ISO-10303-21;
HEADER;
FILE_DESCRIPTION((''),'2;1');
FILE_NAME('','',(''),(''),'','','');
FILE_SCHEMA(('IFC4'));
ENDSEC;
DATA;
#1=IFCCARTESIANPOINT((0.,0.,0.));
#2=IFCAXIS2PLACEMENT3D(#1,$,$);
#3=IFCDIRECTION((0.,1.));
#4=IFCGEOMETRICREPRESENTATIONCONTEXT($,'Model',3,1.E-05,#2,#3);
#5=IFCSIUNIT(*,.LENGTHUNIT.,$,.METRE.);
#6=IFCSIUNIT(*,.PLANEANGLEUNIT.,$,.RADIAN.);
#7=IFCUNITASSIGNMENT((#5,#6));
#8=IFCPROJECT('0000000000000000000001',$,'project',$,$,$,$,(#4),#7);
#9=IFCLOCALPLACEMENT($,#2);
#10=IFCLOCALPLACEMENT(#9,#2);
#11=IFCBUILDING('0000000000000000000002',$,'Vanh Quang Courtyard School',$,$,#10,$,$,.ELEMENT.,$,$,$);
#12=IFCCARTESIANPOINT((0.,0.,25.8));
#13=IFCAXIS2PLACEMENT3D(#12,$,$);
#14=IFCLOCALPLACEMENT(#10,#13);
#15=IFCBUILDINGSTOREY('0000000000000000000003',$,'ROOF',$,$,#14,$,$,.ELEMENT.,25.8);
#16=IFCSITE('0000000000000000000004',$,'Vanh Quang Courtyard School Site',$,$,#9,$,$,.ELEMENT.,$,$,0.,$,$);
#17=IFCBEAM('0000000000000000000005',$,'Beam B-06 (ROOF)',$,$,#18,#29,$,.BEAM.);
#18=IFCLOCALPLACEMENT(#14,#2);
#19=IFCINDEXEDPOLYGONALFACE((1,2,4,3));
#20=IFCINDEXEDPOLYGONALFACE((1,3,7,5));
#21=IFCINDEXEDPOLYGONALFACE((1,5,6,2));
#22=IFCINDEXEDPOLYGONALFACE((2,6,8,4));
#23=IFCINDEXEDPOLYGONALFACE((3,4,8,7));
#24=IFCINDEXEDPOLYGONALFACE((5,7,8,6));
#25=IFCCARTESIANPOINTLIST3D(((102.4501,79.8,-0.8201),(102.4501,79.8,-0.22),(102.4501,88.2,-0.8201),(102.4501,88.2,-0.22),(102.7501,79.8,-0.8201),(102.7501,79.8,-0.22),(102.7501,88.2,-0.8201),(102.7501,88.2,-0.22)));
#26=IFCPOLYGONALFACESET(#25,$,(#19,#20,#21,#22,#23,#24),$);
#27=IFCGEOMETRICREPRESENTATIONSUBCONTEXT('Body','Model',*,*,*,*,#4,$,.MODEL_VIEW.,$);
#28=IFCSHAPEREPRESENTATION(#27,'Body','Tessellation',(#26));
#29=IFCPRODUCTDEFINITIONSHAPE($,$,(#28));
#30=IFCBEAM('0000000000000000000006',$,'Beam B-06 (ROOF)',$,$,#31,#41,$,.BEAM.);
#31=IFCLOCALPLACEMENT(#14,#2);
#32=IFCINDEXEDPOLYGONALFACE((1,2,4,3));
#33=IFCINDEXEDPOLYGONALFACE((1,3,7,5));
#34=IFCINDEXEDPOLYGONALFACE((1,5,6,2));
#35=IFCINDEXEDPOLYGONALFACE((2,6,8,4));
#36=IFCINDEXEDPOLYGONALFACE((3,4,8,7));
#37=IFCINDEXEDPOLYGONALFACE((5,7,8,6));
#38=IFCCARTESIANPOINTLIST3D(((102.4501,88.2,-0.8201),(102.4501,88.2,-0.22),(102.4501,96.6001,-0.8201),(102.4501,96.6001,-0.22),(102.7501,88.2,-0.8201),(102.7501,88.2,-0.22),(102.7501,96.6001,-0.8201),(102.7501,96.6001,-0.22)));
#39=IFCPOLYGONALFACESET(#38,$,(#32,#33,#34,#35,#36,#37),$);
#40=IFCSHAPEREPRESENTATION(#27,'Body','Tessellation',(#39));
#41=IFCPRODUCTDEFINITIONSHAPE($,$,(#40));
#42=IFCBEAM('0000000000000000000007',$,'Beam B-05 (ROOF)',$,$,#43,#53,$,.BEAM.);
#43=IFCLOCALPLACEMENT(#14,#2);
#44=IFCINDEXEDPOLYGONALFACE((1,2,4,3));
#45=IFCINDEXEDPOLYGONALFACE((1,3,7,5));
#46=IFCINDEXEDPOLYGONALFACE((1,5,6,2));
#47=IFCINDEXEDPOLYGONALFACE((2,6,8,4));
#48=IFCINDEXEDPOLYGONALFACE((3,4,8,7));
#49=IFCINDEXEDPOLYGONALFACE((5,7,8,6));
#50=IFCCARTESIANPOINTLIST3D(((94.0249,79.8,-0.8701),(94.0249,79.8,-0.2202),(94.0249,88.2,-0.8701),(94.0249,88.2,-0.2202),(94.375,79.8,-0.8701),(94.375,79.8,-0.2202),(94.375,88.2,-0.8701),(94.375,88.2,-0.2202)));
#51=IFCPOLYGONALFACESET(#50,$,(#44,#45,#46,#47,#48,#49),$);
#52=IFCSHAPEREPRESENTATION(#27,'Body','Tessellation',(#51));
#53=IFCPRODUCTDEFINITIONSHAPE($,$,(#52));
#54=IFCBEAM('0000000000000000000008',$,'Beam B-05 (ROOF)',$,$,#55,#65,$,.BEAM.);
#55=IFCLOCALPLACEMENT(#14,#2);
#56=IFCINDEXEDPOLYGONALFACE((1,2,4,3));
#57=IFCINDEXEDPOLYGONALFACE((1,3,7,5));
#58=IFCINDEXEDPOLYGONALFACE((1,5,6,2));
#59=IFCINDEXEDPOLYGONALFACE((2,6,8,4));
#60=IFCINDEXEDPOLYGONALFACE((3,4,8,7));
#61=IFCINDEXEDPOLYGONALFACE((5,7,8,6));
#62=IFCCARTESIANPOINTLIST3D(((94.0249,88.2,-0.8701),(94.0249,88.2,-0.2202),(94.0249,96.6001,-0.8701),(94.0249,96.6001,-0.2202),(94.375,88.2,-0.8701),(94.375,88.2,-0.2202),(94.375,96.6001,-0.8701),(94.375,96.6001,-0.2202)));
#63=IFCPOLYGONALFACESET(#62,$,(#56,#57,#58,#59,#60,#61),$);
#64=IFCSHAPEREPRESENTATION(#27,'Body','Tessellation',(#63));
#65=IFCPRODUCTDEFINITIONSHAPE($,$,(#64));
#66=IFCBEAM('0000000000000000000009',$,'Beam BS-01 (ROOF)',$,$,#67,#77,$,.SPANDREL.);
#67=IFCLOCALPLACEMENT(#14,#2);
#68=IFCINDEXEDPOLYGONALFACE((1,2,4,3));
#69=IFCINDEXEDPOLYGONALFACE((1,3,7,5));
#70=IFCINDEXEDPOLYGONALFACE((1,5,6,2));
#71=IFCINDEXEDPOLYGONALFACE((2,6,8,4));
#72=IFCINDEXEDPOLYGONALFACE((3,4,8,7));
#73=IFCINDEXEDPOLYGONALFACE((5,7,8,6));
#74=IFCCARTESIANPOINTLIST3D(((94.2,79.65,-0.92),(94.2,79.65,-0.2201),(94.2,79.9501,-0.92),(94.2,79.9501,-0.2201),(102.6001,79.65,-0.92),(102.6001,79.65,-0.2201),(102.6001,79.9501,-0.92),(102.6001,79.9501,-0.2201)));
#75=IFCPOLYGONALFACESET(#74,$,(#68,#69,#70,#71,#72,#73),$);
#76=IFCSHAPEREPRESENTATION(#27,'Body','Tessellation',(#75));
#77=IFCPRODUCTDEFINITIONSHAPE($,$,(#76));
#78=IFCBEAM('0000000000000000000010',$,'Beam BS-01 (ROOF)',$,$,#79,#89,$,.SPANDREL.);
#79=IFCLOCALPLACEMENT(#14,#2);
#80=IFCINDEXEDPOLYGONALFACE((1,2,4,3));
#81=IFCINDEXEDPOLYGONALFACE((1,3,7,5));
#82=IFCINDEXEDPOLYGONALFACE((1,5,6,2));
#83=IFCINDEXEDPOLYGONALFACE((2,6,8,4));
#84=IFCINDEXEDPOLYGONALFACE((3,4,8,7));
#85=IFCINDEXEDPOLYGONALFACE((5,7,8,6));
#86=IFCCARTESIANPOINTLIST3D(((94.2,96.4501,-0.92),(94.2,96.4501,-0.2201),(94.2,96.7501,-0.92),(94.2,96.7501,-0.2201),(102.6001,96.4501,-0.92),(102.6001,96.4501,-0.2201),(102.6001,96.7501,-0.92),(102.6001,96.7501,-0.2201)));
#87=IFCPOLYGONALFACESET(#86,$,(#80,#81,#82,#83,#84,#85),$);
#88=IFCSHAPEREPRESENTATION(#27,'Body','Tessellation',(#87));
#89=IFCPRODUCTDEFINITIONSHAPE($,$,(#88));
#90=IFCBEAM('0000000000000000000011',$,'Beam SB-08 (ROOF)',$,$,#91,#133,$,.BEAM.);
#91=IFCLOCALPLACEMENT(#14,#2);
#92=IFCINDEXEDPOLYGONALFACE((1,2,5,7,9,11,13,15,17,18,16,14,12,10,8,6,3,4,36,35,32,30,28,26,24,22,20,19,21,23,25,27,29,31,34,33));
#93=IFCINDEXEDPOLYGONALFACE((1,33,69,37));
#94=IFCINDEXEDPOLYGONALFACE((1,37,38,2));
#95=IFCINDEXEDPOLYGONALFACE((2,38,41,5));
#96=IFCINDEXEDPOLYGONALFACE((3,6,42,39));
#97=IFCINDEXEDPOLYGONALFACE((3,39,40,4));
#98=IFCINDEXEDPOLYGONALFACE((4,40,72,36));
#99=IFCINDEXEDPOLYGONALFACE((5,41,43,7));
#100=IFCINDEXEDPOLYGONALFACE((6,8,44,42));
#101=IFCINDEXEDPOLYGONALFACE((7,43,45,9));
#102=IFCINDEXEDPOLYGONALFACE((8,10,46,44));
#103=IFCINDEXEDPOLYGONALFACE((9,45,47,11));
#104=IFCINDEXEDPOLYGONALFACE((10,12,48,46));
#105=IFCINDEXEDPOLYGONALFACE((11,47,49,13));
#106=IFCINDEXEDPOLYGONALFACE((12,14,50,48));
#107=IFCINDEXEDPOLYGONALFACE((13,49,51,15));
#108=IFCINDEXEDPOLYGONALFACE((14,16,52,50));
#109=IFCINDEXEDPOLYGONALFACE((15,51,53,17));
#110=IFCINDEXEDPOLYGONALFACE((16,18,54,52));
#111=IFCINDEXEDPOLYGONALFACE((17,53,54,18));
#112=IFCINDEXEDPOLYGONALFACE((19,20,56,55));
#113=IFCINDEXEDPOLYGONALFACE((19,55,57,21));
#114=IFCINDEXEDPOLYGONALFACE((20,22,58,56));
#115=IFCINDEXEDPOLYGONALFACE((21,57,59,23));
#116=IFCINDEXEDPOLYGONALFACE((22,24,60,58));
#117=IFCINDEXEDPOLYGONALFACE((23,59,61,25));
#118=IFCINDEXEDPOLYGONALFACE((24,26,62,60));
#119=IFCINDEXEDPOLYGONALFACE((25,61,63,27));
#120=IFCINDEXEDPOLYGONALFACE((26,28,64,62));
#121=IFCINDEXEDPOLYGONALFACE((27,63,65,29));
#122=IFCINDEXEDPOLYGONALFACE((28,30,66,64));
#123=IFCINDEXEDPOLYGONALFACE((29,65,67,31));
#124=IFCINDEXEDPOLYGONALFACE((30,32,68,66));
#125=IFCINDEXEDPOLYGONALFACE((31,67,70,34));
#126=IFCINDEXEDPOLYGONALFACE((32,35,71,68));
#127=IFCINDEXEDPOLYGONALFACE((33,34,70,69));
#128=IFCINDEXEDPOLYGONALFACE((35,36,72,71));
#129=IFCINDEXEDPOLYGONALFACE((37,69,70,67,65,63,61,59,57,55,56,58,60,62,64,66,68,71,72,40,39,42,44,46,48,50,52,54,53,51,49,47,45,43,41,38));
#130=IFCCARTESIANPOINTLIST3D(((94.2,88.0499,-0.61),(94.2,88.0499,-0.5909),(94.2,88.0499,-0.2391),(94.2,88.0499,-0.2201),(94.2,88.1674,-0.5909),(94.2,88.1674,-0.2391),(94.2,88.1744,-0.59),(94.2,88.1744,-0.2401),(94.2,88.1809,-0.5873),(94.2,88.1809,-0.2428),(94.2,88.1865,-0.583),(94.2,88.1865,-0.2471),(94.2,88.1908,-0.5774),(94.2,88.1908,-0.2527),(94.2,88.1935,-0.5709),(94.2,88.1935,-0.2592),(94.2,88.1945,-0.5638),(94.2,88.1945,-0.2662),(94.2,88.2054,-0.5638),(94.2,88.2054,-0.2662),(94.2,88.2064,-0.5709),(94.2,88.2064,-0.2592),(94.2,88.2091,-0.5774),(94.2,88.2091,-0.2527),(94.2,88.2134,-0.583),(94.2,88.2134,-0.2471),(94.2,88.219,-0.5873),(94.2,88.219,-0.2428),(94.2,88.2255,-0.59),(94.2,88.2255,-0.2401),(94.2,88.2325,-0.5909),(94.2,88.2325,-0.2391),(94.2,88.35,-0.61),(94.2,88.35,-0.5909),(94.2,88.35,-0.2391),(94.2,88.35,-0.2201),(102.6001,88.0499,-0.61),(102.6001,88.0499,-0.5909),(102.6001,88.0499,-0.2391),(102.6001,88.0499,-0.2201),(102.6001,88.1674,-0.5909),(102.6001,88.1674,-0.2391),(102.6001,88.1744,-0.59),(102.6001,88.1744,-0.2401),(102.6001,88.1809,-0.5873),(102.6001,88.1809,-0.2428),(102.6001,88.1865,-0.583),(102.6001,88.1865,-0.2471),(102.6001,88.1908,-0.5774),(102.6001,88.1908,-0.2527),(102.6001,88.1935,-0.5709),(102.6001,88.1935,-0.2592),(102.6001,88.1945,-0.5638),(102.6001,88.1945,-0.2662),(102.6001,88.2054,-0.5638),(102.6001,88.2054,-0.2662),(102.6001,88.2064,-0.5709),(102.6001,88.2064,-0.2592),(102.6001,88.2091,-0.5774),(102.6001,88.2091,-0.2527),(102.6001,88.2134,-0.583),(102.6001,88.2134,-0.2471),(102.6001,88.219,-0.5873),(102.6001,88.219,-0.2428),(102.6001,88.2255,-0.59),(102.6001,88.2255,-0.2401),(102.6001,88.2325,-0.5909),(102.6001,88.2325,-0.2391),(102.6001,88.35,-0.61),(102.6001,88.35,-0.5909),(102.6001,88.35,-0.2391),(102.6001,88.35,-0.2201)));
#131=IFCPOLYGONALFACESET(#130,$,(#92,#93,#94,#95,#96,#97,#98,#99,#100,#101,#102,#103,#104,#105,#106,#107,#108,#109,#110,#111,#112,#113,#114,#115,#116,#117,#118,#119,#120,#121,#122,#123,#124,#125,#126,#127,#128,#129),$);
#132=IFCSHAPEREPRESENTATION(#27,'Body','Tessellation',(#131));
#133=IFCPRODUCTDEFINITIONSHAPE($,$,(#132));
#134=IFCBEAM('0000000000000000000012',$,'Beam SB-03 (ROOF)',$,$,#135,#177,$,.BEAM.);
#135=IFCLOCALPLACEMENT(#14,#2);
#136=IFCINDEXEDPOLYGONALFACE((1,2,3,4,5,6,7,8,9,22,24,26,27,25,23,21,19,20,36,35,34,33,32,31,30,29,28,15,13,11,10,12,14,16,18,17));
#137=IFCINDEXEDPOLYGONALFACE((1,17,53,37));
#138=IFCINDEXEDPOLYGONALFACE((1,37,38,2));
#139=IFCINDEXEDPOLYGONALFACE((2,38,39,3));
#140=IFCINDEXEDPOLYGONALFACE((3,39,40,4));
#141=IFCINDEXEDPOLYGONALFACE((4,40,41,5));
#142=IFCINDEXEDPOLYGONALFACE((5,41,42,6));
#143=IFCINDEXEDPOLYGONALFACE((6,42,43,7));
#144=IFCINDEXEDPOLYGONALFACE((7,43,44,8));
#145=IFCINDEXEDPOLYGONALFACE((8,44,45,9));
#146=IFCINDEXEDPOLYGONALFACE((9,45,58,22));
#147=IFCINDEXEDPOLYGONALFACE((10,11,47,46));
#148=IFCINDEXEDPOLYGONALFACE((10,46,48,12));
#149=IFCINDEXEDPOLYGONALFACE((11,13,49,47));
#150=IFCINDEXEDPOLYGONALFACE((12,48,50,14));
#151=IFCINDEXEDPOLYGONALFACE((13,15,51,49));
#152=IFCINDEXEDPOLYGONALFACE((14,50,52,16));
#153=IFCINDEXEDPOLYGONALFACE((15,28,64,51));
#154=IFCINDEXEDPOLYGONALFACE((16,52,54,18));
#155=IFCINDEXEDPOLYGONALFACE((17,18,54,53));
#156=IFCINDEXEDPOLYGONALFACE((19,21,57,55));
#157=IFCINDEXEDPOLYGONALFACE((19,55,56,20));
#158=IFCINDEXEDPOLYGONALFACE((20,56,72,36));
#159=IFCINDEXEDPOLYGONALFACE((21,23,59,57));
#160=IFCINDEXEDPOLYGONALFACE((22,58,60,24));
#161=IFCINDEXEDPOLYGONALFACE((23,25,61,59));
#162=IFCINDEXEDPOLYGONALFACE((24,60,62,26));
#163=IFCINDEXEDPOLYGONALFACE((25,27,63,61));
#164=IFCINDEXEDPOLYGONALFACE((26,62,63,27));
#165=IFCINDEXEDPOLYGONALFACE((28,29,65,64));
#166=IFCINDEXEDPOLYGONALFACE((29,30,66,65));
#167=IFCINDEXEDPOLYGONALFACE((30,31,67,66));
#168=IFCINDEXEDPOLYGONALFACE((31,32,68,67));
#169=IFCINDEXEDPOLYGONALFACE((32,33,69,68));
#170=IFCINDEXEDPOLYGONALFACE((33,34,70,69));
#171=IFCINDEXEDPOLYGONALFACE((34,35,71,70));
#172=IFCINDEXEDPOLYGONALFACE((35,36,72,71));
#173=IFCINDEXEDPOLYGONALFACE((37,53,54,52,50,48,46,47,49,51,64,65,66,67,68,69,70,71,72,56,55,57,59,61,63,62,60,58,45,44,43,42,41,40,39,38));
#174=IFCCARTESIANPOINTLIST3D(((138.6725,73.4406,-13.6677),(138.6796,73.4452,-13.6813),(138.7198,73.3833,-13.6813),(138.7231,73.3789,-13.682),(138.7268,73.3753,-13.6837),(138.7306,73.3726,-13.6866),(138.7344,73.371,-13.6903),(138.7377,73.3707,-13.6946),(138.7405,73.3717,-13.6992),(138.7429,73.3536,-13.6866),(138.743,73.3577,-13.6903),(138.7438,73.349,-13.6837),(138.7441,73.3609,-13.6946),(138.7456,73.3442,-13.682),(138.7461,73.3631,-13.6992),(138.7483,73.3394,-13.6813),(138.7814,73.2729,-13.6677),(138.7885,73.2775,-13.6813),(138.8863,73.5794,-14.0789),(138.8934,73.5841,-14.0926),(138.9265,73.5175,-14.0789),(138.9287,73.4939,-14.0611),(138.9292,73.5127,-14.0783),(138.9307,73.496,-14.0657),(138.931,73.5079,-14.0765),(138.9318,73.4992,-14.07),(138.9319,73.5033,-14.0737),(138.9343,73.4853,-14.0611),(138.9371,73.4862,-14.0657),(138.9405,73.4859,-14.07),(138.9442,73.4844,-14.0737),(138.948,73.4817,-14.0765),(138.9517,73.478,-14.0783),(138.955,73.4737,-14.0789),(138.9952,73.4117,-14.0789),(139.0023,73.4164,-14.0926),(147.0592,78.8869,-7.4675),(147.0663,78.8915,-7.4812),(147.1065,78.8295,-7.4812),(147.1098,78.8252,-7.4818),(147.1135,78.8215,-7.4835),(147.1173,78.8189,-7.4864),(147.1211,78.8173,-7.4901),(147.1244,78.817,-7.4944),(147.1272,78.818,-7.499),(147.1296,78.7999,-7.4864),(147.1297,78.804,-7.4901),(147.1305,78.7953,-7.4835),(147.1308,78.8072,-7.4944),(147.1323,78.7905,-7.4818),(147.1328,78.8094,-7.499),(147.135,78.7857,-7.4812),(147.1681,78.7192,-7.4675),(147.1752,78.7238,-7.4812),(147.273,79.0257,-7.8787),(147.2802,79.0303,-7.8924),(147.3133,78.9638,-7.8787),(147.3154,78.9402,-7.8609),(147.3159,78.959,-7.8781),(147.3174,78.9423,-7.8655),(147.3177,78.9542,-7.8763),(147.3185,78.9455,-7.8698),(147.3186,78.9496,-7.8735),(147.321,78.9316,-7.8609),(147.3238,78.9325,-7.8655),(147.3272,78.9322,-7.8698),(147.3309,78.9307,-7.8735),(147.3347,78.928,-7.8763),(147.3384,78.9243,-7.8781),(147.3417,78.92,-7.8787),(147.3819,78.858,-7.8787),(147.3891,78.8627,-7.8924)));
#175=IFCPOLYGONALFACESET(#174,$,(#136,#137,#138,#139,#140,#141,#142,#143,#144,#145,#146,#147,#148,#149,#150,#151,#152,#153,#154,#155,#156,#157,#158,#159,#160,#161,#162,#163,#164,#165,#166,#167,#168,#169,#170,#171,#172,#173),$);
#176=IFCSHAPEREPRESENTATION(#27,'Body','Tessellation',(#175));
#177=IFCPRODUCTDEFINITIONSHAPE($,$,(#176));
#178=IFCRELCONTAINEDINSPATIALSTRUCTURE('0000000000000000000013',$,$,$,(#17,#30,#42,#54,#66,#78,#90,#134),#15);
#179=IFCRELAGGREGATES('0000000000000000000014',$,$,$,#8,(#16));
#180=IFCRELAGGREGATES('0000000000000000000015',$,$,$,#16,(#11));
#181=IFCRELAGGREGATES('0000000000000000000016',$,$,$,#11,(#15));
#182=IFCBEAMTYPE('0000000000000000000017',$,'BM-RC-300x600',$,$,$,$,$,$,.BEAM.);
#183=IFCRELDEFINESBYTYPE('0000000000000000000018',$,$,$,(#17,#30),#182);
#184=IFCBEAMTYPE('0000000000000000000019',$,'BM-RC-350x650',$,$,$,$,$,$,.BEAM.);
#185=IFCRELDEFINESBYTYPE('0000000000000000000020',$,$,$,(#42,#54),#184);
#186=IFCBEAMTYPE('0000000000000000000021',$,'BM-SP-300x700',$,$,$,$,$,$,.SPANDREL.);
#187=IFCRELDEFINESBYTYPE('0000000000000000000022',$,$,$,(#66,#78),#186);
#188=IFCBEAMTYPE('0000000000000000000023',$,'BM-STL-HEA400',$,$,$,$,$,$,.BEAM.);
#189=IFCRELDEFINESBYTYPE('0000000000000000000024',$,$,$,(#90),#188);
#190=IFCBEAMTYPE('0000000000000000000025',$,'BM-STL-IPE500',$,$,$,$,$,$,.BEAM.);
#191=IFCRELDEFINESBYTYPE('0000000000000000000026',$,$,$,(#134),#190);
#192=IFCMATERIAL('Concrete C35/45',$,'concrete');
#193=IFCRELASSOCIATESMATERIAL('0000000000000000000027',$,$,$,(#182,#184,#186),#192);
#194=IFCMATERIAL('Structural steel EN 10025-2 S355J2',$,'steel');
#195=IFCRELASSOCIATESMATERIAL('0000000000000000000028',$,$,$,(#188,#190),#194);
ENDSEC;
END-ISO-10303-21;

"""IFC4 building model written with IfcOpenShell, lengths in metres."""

from ifc_helpers import new_model, si_unit, direction, frame, origin, origin_2d, place, context, subcontext, project, spatial, rectangle, i_section, extrude, material, material_profile, profile_set, type_object, element, save


model = new_model("IFC4")

# Units and contexts
model_context = context("Model", 3, precision=1e-05, world=origin(), true_north=direction((0.0, 1.0)))
body_context = subcontext(model_context, "Body", "Model", "MODEL_VIEW")
ifc_project = project(units=[si_unit("LENGTHUNIT", "METRE"), si_unit("PLANEANGLEUNIT", "RADIAN")], contexts=[model_context])

# Site, building, storey
site_placement = place(None, origin())
site = spatial("IfcSite", under=ifc_project, at=site_placement, Name="Vanh Quang Courtyard School Site", CompositionType="ELEMENT", RefElevation=0.0)
building_placement = place(site_placement, origin())
building = spatial("IfcBuilding", under=site, at=building_placement, Name="Vanh Quang Courtyard School", CompositionType="ELEMENT")
storey_placement = place(building_placement, frame((0.0, 0.0, 25.8)))
storey = spatial("IfcBuildingStorey", under=building, at=storey_placement, Name="ROOF", CompositionType="ELEMENT", Elevation=25.8)

# Beams
ifc_material_1 = material(Name="Concrete C35/45", Category="concrete")
ifc_material_profile_1 = material_profile(ifc_material_1, rectangle(XDim=0.3, YDim=0.6001, at=origin_2d()), Name="RC-BM 300x600")
ifc_profile_set_1 = profile_set([ifc_material_profile_1], Name="Concrete C35/45")
beam_type_1 = type_object("IfcBeamType", Name="BM-RC-300x600", PredefinedType="BEAM", material=ifc_profile_set_1)
beam_1_placement = place(storey_placement, frame((102.6001, 79.8, -0.52), z_axis=(0.0, 1.0, 0.0), x_axis=(-1.0, 0.0, 0.0)))
element("IfcBeam", 1, at=beam_1_placement, inside=storey, type_object=beam_type_1, Name="Beam B-06 (ROOF)", PredefinedType="BEAM", context=body_context, shape_type="SweptSolid", body=[
    extrude(rectangle(XDim=0.3, YDim=0.6001, at=origin_2d()), origin(), (0.0, 0.0, 1.0), 8.3999),
])
beam_2_placement = place(storey_placement, frame((102.6001, 88.2, -0.52), z_axis=(0.0, 1.0, 0.0), x_axis=(-1.0, 0.0, 0.0)))
element("IfcBeam", 2, at=beam_2_placement, inside=storey, type_object=beam_type_1, Name="Beam B-06 (ROOF)", PredefinedType="BEAM", context=body_context, shape_type="SweptSolid", body=[
    extrude(rectangle(XDim=0.3, YDim=0.6001, at=origin_2d()), origin(), (0.0, 0.0, 1.0), 8.4001),
])
ifc_material_profile_2 = material_profile(ifc_material_1, rectangle(XDim=0.3501, YDim=0.6499, at=origin_2d()), Name="RC-BM 350x650")
ifc_profile_set_2 = profile_set([ifc_material_profile_2], Name="Concrete C35/45")
beam_type_2 = type_object("IfcBeamType", Name="BM-RC-350x650", PredefinedType="BEAM", material=ifc_profile_set_2)
beam_3_placement = place(storey_placement, frame((94.2, 79.8, -0.5452), z_axis=(0.0, 1.0, 0.0), x_axis=(-1.0, 0.0, 0.0)))
element("IfcBeam", 3, at=beam_3_placement, inside=storey, type_object=beam_type_2, Name="Beam B-05 (ROOF)", PredefinedType="BEAM", context=body_context, shape_type="SweptSolid", body=[
    extrude(rectangle(XDim=0.3501, YDim=0.6499, at=origin_2d()), origin(), (0.0, 0.0, 1.0), 8.3999),
])
beam_4_placement = place(storey_placement, frame((94.2, 88.2, -0.5452), z_axis=(0.0, 1.0, 0.0), x_axis=(-1.0, 0.0, 0.0)))
element("IfcBeam", 4, at=beam_4_placement, inside=storey, type_object=beam_type_2, Name="Beam B-05 (ROOF)", PredefinedType="BEAM", context=body_context, shape_type="SweptSolid", body=[
    extrude(rectangle(XDim=0.3501, YDim=0.6499, at=origin_2d()), origin(), (0.0, 0.0, 1.0), 8.4001),
])
ifc_material_profile_3 = material_profile(ifc_material_1, rectangle(XDim=0.3, YDim=0.7, at=origin_2d()), Name="RC-SP 300x700")
ifc_profile_set_3 = profile_set([ifc_material_profile_3], Name="Concrete C35/45")
beam_type_3 = type_object("IfcBeamType", Name="BM-SP-300x700", PredefinedType="SPANDREL", material=ifc_profile_set_3)
for number, where, z_axis, x_axis, name in (
    (5, (94.2, 79.8, -0.5701), (1.0, 0.0, 0.0), (0.0, 1.0, 0.0), "Beam BS-01 (ROOF)"),
    (6, (94.2, 96.6001, -0.5701), (1.0, 0.0, 0.0), (0.0, 1.0, 0.0), "Beam BS-01 (ROOF)"),
):
    element("IfcBeam", number, at=place(storey_placement, frame(where, z_axis=z_axis, x_axis=x_axis)), inside=storey, type_object=beam_type_3, Name=name, PredefinedType="SPANDREL", context=body_context, shape_type="SweptSolid", body=[
        extrude(rectangle(XDim=0.3, YDim=0.7, at=origin_2d()), origin(), (0.0, 0.0, 1.0), 8.4001),
    ])
ifc_material_2 = material(Name="Structural steel EN 10025-2 S355J2", Category="steel")
ifc_material_profile_4 = material_profile(ifc_material_2, i_section(OverallWidth=0.3, OverallDepth=0.3899, WebThickness=0.011, FlangeThickness=0.019, FilletRadius=0.0271, at=origin_2d()), Name="HEA 400")
ifc_profile_set_4 = profile_set([ifc_material_profile_4], Name="Structural steel EN 10025-2 S355J2")
beam_type_4 = type_object("IfcBeamType", Name="BM-STL-HEA400", PredefinedType="BEAM", material=ifc_profile_set_4)
beam_5_placement = place(storey_placement, frame((94.2, 88.2, -0.415), z_axis=(1.0, 0.0, 0.0), x_axis=(0.0, 1.0, 0.0)))
element("IfcBeam", 7, at=beam_5_placement, inside=storey, type_object=beam_type_4, Name="Beam SB-08 (ROOF)", PredefinedType="BEAM", context=body_context, shape_type="SweptSolid", body=[
    extrude(i_section(OverallWidth=0.3, OverallDepth=0.3899, WebThickness=0.011, FlangeThickness=0.019, FilletRadius=0.0271, at=origin_2d()), origin(), (0.0, 0.0, 1.0), 8.4001),
])
ifc_material_profile_5 = material_profile(ifc_material_2, i_section(OverallWidth=0.2, OverallDepth=0.5, WebThickness=0.0103, FlangeThickness=0.0161, FilletRadius=0.021, at=origin_2d()), Name="IPE 500")
ifc_profile_set_5 = profile_set([ifc_material_profile_5], Name="Structural steel EN 10025-2 S355J2")
beam_type_5 = type_object("IfcBeamType", Name="BM-STL-IPE500", PredefinedType="BEAM", material=ifc_profile_set_5)
beam_6_placement = place(storey_placement, frame((138.8374, 73.4285, -13.8801), z_axis=(0.712786, 0.462879, 0.526953), x_axis=(-0.544631, 0.838676, 0.0)))
element("IfcBeam", 8, at=beam_6_placement, inside=storey, type_object=beam_type_5, Name="Beam SB-03 (ROOF)", PredefinedType="BEAM", context=body_context, shape_type="SweptSolid", body=[
    extrude(i_section(OverallWidth=0.2, OverallDepth=0.5, WebThickness=0.0103, FlangeThickness=0.0161, FilletRadius=0.021, at=origin_2d()), origin(), (0.0, 0.0, 1.0), 11.7661),
])

save(model, "model.ifc")
